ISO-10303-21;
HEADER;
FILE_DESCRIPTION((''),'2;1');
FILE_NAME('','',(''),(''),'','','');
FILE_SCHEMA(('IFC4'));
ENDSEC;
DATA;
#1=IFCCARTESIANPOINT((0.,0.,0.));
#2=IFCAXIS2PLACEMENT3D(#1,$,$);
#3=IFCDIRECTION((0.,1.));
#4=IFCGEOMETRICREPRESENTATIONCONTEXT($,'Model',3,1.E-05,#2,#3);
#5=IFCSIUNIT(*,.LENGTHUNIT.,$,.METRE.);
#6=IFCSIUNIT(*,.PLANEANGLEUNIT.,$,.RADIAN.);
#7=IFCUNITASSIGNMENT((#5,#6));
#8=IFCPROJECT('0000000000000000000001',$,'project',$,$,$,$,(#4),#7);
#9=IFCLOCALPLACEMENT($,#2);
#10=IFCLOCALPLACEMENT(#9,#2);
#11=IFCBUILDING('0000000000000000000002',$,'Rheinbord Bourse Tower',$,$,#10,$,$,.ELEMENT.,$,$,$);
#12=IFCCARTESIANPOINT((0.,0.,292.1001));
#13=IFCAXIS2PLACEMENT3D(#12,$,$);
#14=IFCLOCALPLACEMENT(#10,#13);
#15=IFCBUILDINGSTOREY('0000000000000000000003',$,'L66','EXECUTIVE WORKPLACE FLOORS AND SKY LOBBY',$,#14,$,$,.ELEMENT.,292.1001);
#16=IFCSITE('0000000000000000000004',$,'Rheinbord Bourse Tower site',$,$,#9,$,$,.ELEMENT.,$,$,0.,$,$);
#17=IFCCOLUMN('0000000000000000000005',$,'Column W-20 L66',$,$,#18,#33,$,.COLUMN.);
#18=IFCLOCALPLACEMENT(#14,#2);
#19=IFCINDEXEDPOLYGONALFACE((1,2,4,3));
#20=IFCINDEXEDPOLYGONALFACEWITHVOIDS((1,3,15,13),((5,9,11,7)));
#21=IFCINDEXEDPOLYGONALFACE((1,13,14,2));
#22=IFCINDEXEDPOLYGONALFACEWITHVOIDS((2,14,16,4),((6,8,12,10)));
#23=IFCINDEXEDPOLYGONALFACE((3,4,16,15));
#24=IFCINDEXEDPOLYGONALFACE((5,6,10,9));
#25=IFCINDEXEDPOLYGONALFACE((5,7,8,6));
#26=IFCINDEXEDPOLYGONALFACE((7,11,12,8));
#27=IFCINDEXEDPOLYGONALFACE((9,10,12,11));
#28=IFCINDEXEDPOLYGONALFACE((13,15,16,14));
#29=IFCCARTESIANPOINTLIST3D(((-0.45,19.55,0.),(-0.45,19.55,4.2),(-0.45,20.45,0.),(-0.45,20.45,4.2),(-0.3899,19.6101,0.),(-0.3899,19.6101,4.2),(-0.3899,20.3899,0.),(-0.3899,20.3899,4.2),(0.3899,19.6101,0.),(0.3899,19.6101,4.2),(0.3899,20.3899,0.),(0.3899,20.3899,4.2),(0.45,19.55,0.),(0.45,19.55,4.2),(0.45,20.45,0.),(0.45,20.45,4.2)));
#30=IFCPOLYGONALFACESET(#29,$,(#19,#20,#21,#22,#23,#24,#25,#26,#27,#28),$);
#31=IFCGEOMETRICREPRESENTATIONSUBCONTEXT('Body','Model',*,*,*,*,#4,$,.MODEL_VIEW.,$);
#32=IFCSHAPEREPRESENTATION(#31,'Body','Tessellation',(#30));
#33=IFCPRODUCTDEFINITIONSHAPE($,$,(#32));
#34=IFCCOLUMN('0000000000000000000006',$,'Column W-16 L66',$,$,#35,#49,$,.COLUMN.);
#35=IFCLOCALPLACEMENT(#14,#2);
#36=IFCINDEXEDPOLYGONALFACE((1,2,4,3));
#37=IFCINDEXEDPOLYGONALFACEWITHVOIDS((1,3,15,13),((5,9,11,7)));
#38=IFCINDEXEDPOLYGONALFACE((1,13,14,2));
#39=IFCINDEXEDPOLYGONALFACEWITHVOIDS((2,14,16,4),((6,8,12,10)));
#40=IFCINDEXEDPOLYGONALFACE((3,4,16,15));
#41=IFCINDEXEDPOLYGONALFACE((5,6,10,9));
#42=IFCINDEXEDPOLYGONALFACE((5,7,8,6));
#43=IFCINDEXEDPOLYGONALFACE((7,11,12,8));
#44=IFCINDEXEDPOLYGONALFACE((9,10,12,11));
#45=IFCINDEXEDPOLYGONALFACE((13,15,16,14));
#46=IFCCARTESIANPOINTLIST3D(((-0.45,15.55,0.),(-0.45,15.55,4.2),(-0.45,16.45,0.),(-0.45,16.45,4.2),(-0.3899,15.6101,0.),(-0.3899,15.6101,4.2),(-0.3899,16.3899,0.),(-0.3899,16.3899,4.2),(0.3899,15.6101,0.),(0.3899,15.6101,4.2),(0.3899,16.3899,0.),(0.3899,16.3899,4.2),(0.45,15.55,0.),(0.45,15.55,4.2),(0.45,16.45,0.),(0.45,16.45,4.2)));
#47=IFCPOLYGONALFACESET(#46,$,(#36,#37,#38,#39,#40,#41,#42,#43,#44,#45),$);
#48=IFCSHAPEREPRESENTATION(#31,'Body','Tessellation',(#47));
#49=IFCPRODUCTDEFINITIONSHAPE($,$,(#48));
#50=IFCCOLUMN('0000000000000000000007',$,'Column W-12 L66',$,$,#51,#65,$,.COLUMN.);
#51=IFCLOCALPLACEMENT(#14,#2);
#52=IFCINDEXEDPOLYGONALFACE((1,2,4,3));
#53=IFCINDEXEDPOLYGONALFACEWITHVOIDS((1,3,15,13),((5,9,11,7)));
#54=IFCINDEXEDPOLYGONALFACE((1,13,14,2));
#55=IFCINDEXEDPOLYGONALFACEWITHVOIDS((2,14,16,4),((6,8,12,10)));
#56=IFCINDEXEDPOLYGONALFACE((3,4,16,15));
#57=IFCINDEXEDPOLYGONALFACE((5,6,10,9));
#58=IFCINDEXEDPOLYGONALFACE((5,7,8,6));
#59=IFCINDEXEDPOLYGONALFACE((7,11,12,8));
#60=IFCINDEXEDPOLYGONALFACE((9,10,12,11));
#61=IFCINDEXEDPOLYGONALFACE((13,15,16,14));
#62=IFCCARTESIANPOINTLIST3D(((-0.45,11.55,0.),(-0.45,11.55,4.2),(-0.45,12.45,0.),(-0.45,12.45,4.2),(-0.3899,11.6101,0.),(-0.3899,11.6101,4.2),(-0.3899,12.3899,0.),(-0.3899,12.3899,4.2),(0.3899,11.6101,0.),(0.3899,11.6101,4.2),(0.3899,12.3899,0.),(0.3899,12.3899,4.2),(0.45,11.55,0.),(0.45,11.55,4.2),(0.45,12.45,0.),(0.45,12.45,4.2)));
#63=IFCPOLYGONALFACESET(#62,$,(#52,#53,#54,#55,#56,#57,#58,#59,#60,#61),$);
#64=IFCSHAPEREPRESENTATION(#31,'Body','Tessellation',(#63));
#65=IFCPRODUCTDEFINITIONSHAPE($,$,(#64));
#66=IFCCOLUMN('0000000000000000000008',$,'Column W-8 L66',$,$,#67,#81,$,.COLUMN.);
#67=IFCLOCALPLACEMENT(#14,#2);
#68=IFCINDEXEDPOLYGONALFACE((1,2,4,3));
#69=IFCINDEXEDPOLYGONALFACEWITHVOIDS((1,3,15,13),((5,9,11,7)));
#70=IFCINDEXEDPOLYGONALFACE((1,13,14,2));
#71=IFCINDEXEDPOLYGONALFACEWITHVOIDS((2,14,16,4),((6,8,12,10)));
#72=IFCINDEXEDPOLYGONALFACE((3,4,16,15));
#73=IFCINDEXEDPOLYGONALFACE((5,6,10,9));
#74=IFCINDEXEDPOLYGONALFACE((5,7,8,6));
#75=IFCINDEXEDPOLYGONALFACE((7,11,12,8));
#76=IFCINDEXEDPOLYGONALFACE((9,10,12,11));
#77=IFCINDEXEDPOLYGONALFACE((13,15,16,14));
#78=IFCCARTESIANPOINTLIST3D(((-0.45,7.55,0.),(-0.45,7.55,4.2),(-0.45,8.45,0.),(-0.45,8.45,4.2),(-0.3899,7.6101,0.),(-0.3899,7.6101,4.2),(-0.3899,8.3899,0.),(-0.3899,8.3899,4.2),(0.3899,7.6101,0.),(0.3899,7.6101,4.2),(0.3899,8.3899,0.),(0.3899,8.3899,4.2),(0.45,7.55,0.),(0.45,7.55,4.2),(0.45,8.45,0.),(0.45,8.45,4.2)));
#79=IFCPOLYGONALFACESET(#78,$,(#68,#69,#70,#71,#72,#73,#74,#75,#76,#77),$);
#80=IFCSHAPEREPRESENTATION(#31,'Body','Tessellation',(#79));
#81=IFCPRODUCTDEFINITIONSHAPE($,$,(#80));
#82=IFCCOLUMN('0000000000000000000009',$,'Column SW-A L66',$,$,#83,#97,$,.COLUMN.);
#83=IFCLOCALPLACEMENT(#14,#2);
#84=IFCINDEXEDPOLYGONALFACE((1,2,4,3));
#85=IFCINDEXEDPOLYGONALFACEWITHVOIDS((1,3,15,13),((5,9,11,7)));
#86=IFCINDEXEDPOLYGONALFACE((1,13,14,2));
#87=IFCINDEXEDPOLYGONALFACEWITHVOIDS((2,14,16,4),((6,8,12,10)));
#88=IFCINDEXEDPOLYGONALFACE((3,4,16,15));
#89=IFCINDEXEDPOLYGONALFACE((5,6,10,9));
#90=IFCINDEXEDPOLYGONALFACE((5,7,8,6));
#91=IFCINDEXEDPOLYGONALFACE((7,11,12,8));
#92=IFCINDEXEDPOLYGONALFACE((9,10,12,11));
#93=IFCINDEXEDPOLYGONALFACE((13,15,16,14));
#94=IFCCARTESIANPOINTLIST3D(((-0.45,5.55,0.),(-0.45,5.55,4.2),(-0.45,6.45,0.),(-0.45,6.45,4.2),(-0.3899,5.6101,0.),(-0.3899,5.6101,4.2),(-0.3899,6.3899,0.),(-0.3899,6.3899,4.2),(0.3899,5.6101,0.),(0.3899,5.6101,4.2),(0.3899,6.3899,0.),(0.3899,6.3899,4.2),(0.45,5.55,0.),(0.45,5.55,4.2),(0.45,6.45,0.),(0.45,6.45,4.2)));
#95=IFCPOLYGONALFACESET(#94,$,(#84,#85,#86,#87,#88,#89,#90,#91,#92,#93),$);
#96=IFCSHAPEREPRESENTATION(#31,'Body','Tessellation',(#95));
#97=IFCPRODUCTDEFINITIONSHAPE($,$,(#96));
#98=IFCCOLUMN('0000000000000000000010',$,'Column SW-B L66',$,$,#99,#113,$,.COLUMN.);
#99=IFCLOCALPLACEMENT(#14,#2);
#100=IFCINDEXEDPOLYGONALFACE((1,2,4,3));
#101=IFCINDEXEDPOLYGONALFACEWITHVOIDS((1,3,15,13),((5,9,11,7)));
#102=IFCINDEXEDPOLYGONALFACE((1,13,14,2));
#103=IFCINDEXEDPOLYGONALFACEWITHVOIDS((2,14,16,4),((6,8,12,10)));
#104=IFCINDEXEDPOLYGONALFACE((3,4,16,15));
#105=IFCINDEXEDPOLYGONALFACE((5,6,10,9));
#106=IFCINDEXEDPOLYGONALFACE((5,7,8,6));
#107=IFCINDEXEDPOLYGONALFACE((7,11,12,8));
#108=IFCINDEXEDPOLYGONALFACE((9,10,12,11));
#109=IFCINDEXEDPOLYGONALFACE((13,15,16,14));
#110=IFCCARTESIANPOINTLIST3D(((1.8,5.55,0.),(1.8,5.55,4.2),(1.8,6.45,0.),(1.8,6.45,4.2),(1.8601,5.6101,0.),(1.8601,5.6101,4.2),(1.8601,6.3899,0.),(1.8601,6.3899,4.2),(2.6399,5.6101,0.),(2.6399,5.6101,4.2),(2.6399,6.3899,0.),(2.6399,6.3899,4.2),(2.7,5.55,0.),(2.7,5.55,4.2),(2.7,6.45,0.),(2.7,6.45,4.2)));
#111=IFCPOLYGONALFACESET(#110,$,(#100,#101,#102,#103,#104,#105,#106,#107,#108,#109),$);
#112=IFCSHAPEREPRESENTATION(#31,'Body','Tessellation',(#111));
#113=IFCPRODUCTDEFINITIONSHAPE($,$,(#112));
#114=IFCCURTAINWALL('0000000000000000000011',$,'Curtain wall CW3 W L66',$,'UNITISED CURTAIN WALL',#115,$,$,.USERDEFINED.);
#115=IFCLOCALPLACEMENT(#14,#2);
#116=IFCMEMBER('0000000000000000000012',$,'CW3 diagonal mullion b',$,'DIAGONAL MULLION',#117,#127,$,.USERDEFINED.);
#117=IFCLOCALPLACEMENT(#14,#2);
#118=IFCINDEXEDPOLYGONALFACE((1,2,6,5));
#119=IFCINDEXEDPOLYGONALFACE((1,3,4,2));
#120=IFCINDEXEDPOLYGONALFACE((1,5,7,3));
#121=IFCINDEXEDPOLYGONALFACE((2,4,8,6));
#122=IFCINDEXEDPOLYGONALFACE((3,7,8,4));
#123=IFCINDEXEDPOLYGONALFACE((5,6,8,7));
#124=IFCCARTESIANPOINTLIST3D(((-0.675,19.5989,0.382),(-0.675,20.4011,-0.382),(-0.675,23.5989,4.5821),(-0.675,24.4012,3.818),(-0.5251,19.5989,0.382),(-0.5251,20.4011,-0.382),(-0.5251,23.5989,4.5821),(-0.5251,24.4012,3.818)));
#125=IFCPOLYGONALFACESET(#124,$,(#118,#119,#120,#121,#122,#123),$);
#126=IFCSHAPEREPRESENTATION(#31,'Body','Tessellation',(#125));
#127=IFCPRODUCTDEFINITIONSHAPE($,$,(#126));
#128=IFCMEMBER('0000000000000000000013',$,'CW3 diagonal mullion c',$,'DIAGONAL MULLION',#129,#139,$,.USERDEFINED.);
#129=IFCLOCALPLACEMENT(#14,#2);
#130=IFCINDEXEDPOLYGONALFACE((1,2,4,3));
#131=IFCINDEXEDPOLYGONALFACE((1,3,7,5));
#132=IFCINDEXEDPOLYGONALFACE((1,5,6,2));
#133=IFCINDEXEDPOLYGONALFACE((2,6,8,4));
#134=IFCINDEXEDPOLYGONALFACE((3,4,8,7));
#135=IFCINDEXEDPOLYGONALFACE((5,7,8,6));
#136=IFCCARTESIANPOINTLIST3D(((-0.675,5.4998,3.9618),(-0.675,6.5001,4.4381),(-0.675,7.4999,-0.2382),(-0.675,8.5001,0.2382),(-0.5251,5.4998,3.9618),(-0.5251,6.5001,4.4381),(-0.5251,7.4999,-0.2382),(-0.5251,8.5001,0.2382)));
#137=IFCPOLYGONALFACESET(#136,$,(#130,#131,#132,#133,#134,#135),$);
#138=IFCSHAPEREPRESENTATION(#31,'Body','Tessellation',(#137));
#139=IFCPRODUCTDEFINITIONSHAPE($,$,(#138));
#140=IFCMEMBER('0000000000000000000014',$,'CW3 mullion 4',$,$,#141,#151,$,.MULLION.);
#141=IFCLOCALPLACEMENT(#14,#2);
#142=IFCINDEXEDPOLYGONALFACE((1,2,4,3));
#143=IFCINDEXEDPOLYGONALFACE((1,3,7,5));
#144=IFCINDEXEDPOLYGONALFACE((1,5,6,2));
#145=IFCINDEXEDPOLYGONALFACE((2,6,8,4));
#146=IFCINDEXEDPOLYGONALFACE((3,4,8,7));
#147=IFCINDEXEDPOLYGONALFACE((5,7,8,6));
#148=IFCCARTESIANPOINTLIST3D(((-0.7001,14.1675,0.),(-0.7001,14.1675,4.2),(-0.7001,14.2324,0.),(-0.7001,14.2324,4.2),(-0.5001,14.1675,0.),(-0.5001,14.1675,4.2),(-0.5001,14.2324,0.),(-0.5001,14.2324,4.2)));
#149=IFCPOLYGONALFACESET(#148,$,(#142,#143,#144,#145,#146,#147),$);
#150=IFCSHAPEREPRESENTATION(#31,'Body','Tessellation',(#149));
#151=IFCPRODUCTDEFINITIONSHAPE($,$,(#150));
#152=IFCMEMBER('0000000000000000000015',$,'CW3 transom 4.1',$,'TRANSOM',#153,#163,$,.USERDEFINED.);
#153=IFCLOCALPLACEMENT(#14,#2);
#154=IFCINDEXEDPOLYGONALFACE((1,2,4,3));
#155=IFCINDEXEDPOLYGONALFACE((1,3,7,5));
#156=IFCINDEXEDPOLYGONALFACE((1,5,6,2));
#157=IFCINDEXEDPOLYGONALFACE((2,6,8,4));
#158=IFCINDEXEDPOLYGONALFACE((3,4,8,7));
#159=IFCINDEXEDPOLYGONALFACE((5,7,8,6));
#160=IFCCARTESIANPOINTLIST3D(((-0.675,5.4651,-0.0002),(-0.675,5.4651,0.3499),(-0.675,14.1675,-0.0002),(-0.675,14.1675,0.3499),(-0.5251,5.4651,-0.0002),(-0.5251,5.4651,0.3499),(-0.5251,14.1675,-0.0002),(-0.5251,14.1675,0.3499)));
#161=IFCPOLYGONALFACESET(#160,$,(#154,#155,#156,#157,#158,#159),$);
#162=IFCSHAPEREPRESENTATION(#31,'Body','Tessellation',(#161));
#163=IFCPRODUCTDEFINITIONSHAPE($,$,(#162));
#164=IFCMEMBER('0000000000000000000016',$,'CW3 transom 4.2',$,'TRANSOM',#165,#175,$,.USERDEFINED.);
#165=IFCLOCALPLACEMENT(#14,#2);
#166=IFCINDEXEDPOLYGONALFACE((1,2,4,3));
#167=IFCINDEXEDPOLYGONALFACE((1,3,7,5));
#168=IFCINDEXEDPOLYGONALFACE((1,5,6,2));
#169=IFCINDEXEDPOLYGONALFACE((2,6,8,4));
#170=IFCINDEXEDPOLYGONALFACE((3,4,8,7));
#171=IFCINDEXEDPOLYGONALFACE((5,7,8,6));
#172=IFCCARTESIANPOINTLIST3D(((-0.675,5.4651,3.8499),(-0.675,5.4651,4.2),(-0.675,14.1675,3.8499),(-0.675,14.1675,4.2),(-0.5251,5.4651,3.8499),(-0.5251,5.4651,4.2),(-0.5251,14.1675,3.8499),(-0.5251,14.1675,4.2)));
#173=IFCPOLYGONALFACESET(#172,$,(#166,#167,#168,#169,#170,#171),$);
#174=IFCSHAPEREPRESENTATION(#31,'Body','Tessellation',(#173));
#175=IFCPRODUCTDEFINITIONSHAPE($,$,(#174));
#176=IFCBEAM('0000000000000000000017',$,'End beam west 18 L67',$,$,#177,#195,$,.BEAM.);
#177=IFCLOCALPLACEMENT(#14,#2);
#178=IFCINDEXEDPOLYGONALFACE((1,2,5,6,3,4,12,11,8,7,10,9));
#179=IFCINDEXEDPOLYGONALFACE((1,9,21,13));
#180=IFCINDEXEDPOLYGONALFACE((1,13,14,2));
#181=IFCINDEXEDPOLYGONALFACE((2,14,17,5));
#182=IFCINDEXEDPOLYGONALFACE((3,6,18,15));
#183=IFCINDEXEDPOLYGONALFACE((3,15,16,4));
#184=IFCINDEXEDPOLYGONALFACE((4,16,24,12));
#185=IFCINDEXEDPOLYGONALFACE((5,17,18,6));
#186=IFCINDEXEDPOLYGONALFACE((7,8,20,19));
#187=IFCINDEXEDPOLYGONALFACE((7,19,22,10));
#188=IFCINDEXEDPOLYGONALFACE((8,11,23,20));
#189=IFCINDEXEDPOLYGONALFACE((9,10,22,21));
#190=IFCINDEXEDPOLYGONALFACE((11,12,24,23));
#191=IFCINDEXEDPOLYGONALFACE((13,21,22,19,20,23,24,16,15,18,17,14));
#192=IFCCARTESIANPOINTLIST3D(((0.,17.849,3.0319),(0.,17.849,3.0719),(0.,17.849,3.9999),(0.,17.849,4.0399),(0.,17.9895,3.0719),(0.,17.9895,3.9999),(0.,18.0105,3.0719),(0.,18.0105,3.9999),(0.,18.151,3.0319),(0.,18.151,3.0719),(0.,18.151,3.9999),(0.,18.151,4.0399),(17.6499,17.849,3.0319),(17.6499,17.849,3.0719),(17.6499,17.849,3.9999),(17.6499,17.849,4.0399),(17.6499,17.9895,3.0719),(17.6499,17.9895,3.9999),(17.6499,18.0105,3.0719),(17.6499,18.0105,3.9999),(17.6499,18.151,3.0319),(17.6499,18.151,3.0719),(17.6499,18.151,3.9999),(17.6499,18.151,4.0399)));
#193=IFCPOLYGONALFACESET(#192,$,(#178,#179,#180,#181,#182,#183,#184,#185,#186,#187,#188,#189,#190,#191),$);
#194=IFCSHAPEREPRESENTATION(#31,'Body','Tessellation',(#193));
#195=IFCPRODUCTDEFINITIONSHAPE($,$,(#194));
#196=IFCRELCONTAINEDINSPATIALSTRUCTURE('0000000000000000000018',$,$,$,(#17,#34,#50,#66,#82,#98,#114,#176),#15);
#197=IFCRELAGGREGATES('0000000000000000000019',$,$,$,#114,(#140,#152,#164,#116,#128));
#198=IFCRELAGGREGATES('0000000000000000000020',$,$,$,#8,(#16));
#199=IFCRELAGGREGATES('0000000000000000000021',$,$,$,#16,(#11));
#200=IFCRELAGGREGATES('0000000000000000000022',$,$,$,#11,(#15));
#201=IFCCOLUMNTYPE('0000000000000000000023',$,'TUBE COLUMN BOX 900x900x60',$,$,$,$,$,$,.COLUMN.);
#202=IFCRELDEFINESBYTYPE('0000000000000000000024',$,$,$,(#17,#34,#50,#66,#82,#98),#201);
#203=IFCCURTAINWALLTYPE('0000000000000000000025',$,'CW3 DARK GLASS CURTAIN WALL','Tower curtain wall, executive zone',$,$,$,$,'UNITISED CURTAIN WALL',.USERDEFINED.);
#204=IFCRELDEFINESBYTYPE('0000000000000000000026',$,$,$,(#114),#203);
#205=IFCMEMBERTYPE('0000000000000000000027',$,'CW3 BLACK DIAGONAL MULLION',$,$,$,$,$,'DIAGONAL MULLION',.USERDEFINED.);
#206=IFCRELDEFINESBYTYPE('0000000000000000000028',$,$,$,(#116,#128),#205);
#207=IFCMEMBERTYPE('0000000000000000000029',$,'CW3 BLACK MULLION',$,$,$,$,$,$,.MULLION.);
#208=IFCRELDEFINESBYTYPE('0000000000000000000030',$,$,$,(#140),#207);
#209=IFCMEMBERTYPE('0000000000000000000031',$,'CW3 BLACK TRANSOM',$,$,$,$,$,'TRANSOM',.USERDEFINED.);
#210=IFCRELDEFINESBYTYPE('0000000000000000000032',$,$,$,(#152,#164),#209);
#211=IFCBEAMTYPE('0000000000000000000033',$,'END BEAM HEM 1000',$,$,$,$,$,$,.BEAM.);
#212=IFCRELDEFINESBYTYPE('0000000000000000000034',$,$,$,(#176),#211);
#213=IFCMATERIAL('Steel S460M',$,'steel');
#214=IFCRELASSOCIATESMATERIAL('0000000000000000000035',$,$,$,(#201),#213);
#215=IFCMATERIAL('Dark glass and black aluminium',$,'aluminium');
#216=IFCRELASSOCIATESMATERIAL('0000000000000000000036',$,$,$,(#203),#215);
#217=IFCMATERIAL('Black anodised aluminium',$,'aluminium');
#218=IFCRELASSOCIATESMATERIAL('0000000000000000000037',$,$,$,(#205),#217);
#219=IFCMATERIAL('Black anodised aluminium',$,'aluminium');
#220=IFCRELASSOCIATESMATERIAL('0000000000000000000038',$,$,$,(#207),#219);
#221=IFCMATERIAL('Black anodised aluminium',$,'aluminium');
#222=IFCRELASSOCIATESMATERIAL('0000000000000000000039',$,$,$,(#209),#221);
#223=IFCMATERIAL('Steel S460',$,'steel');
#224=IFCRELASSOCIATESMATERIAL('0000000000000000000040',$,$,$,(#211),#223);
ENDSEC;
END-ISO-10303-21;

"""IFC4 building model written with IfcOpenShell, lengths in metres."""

from ifc_helpers import new_model, si_unit, direction, frame, origin, origin_2d, place, context, subcontext, project, spatial, rectangle, hollow_rectangle, i_section, extrude, material, material_profile, profile_set, type_object, element, aggregate, save


model = new_model("IFC4")

# Units and contexts
model_context = context("Model", 3, precision=1e-05, world=origin(), true_north=direction((0.0, 1.0)))
body_context = subcontext(model_context, "Body", "Model", "MODEL_VIEW")
ifc_project = project(units=[si_unit("LENGTHUNIT", "METRE"), si_unit("PLANEANGLEUNIT", "RADIAN")], contexts=[model_context])

# Site, building, storey
site_placement = place(None, origin())
site = spatial("IfcSite", under=ifc_project, at=site_placement, Name="Rheinbord Bourse Tower site", CompositionType="ELEMENT", RefElevation=0.0)
building_placement = place(site_placement, origin())
building = spatial("IfcBuilding", under=site, at=building_placement, Name="Rheinbord Bourse Tower", CompositionType="ELEMENT")
storey_placement = place(building_placement, frame((0.0, 0.0, 292.1001)))
storey = spatial("IfcBuildingStorey", under=building, at=storey_placement, Name="L66", Description="EXECUTIVE WORKPLACE FLOORS AND SKY LOBBY", CompositionType="ELEMENT", Elevation=292.1001)

# Columns
ifc_material_1 = material(Name="Steel S460M", Category="steel")
ifc_material_profile_1 = material_profile(ifc_material_1, hollow_rectangle(XDim=0.8999, YDim=0.8999, WallThickness=0.0601, at=origin_2d()), Name="BOX 900x900x60")
ifc_profile_set_1 = profile_set([ifc_material_profile_1], Name="Steel S460M")
column_type = type_object("IfcColumnType", Name="TUBE COLUMN BOX 900x900x60", PredefinedType="COLUMN", material=ifc_profile_set_1)
for number, where, z_axis, x_axis, name in (
    (1, (0.0, 20.0, 0.0), (0.0, 0.0, 1.0), (1.0, 0.0, 0.0), "Column W-20 L66"),
    (2, (0.0, 16.0, 0.0), (0.0, 0.0, 1.0), (1.0, 0.0, 0.0), "Column W-16 L66"),
    (3, (0.0, 12.0, 0.0), (0.0, 0.0, 1.0), (1.0, 0.0, 0.0), "Column W-12 L66"),
    (4, (0.0, 8.0, 0.0), (0.0, 0.0, 1.0), (1.0, 0.0, 0.0), "Column W-8 L66"),
    (5, (0.0, 6.0, 0.0), (0.0, 0.0, 1.0), (1.0, 0.0, 0.0), "Column SW-A L66"),
    (6, (2.25, 6.0, 0.0), (0.0, 0.0, 1.0), (1.0, 0.0, 0.0), "Column SW-B L66"),
):
    element("IfcColumn", number, at=place(storey_placement, frame(where, z_axis=z_axis, x_axis=x_axis)), inside=storey, type_object=column_type, Name=name, PredefinedType="COLUMN", context=body_context, shape_type="SweptSolid", body=[
        extrude(hollow_rectangle(XDim=0.8999, YDim=0.8999, WallThickness=0.0601, at=origin_2d()), origin(), (0.0, 0.0, 1.0), 4.2),
    ])

# Curtain wall, members
ifc_material_2 = material(Name="Dark glass and black aluminium", Category="aluminium")
curtain_wall_type = type_object("IfcCurtainWallType", Name="CW3 DARK GLASS CURTAIN WALL", Description="Tower curtain wall, executive zone", ElementType="UNITISED CURTAIN WALL", PredefinedType="USERDEFINED", material=ifc_material_2)
curtain_wall_placement = place(storey_placement, origin())
curtain_wall = element("IfcCurtainWall", 7, at=curtain_wall_placement, inside=storey, type_object=curtain_wall_type, Name="Curtain wall CW3 W L66", ObjectType="UNITISED CURTAIN WALL", PredefinedType="USERDEFINED")
ifc_material_3 = material(Name="Black anodised aluminium", Category="aluminium")
ifc_material_profile_2 = material_profile(ifc_material_3, rectangle(XDim=0.1499, YDim=1.1079, at=origin_2d()), Name="CW3 DIAGONAL MULLION 1108x150")
ifc_profile_set_2 = profile_set([ifc_material_profile_2], Name="Black anodised aluminium")
member_type_1 = type_object("IfcMemberType", Name="CW3 BLACK DIAGONAL MULLION", ElementType="DIAGONAL MULLION", PredefinedType="USERDEFINED", material=ifc_profile_set_2)
member_1_placement = place(storey_placement, frame((-0.6001, 20.0, 0.0), z_axis=(0.0, 0.689659, 0.724134), x_axis=(-1.0, 0.0, 0.0)))
member_1 = element("IfcMember", 8, at=member_1_placement, type_object=member_type_1, Name="CW3 diagonal mullion b", ObjectType="DIAGONAL MULLION", PredefinedType="USERDEFINED", context=body_context, shape_type="SweptSolid", body=[
    extrude(rectangle(XDim=0.1499, YDim=1.1079, at=origin_2d()), origin(), (0.0, 0.0, 1.0), 5.8),
])
member_2_placement = place(storey_placement, frame((-0.6001, 8.0, 0.0), z_axis=(0.0, -0.429938, 0.902859), x_axis=(1.0, 0.0, 0.0)))
member_2 = element("IfcMember", 9, at=member_2_placement, type_object=member_type_1, Name="CW3 diagonal mullion c", ObjectType="DIAGONAL MULLION", PredefinedType="USERDEFINED", context=body_context, shape_type="SweptSolid", body=[
    extrude(rectangle(XDim=0.1499, YDim=1.1079, at=origin_2d()), origin(), (0.0, 0.0, 1.0), 4.6519),
])
ifc_material_4 = material(Name="Black anodised aluminium", Category="aluminium")
ifc_material_profile_3 = material_profile(ifc_material_4, rectangle(XDim=0.2, YDim=0.0649, at=origin_2d()), Name="CW3 MULLION 65x200")
ifc_profile_set_3 = profile_set([ifc_material_profile_3], Name="Black anodised aluminium")
member_type_2 = type_object("IfcMemberType", Name="CW3 BLACK MULLION", PredefinedType="MULLION", material=ifc_profile_set_3)
member_3_placement = place(storey_placement, frame((-0.6001, 14.2, 0.0), z_axis=(0.0, 0.0, 1.0), x_axis=(1.0, 0.0, 0.0)))
member_3 = element("IfcMember", 10, at=member_3_placement, type_object=member_type_2, Name="CW3 mullion 4", PredefinedType="MULLION", context=body_context, shape_type="SweptSolid", body=[
    extrude(rectangle(XDim=0.2, YDim=0.0649, at=origin_2d()), origin(), (0.0, 0.0, 1.0), 4.2),
])
ifc_material_5 = material(Name="Black anodised aluminium", Category="aluminium")
ifc_material_profile_4 = material_profile(ifc_material_5, rectangle(XDim=0.1499, YDim=0.3501, at=origin_2d()), Name="CW3 TRANSOM 350x150")
ifc_profile_set_4 = profile_set([ifc_material_profile_4], Name="Black anodised aluminium")
member_type_3 = type_object("IfcMemberType", Name="CW3 BLACK TRANSOM", ElementType="TRANSOM", PredefinedType="USERDEFINED", material=ifc_profile_set_4)
member_4_placement = place(storey_placement, frame((-0.6001, 14.1675, 0.1748), z_axis=(0.0, -1.0, 0.0), x_axis=(1.0, 0.0, 0.0)))
member_4 = element("IfcMember", 11, at=member_4_placement, type_object=member_type_3, Name="CW3 transom 4.1", ObjectType="TRANSOM", PredefinedType="USERDEFINED", context=body_context, shape_type="SweptSolid", body=[
    extrude(rectangle(XDim=0.1499, YDim=0.3501, at=origin_2d()), origin(), (0.0, 0.0, 1.0), 8.7024),
])
member_5_placement = place(storey_placement, frame((-0.6001, 14.1675, 4.0249), z_axis=(0.0, -1.0, 0.0), x_axis=(1.0, 0.0, 0.0)))
member_5 = element("IfcMember", 12, at=member_5_placement, type_object=member_type_3, Name="CW3 transom 4.2", ObjectType="TRANSOM", PredefinedType="USERDEFINED", context=body_context, shape_type="SweptSolid", body=[
    extrude(rectangle(XDim=0.1499, YDim=0.3501, at=origin_2d()), origin(), (0.0, 0.0, 1.0), 8.7024),
])

# Beam
ifc_material_6 = material(Name="Steel S460", Category="steel")
ifc_material_profile_5 = material_profile(ifc_material_6, i_section(OverallWidth=0.302, OverallDepth=1.0081, WebThickness=0.021, FlangeThickness=0.04, at=origin_2d()), Name="HEM 1000")
ifc_profile_set_5 = profile_set([ifc_material_profile_5], Name="Steel S460")
beam_type_1 = type_object("IfcBeamType", Name="END BEAM HEM 1000", PredefinedType="BEAM", material=ifc_profile_set_5)
for number, where, z_axis, x_axis, name in (
    (13, (0.0, 18.0, 3.5359), (1.0, 0.0, 0.0), (0.0, 1.0, 0.0), "End beam west 18 L67"),
):
    element("IfcBeam", number, at=place(storey_placement, frame(where, z_axis=z_axis, x_axis=x_axis)), inside=storey, type_object=beam_type_1, Name=name, PredefinedType="BEAM", context=body_context, shape_type="SweptSolid", body=[
        extrude(i_section(OverallWidth=0.302, OverallDepth=1.0081, WebThickness=0.021, FlangeThickness=0.04, at=origin_2d()), origin(), (0.0, 0.0, 1.0), 17.6499),
    ])

aggregate(curtain_wall, [member_3, member_4, member_5, member_1, member_2])

save(model, "model.ifc")
